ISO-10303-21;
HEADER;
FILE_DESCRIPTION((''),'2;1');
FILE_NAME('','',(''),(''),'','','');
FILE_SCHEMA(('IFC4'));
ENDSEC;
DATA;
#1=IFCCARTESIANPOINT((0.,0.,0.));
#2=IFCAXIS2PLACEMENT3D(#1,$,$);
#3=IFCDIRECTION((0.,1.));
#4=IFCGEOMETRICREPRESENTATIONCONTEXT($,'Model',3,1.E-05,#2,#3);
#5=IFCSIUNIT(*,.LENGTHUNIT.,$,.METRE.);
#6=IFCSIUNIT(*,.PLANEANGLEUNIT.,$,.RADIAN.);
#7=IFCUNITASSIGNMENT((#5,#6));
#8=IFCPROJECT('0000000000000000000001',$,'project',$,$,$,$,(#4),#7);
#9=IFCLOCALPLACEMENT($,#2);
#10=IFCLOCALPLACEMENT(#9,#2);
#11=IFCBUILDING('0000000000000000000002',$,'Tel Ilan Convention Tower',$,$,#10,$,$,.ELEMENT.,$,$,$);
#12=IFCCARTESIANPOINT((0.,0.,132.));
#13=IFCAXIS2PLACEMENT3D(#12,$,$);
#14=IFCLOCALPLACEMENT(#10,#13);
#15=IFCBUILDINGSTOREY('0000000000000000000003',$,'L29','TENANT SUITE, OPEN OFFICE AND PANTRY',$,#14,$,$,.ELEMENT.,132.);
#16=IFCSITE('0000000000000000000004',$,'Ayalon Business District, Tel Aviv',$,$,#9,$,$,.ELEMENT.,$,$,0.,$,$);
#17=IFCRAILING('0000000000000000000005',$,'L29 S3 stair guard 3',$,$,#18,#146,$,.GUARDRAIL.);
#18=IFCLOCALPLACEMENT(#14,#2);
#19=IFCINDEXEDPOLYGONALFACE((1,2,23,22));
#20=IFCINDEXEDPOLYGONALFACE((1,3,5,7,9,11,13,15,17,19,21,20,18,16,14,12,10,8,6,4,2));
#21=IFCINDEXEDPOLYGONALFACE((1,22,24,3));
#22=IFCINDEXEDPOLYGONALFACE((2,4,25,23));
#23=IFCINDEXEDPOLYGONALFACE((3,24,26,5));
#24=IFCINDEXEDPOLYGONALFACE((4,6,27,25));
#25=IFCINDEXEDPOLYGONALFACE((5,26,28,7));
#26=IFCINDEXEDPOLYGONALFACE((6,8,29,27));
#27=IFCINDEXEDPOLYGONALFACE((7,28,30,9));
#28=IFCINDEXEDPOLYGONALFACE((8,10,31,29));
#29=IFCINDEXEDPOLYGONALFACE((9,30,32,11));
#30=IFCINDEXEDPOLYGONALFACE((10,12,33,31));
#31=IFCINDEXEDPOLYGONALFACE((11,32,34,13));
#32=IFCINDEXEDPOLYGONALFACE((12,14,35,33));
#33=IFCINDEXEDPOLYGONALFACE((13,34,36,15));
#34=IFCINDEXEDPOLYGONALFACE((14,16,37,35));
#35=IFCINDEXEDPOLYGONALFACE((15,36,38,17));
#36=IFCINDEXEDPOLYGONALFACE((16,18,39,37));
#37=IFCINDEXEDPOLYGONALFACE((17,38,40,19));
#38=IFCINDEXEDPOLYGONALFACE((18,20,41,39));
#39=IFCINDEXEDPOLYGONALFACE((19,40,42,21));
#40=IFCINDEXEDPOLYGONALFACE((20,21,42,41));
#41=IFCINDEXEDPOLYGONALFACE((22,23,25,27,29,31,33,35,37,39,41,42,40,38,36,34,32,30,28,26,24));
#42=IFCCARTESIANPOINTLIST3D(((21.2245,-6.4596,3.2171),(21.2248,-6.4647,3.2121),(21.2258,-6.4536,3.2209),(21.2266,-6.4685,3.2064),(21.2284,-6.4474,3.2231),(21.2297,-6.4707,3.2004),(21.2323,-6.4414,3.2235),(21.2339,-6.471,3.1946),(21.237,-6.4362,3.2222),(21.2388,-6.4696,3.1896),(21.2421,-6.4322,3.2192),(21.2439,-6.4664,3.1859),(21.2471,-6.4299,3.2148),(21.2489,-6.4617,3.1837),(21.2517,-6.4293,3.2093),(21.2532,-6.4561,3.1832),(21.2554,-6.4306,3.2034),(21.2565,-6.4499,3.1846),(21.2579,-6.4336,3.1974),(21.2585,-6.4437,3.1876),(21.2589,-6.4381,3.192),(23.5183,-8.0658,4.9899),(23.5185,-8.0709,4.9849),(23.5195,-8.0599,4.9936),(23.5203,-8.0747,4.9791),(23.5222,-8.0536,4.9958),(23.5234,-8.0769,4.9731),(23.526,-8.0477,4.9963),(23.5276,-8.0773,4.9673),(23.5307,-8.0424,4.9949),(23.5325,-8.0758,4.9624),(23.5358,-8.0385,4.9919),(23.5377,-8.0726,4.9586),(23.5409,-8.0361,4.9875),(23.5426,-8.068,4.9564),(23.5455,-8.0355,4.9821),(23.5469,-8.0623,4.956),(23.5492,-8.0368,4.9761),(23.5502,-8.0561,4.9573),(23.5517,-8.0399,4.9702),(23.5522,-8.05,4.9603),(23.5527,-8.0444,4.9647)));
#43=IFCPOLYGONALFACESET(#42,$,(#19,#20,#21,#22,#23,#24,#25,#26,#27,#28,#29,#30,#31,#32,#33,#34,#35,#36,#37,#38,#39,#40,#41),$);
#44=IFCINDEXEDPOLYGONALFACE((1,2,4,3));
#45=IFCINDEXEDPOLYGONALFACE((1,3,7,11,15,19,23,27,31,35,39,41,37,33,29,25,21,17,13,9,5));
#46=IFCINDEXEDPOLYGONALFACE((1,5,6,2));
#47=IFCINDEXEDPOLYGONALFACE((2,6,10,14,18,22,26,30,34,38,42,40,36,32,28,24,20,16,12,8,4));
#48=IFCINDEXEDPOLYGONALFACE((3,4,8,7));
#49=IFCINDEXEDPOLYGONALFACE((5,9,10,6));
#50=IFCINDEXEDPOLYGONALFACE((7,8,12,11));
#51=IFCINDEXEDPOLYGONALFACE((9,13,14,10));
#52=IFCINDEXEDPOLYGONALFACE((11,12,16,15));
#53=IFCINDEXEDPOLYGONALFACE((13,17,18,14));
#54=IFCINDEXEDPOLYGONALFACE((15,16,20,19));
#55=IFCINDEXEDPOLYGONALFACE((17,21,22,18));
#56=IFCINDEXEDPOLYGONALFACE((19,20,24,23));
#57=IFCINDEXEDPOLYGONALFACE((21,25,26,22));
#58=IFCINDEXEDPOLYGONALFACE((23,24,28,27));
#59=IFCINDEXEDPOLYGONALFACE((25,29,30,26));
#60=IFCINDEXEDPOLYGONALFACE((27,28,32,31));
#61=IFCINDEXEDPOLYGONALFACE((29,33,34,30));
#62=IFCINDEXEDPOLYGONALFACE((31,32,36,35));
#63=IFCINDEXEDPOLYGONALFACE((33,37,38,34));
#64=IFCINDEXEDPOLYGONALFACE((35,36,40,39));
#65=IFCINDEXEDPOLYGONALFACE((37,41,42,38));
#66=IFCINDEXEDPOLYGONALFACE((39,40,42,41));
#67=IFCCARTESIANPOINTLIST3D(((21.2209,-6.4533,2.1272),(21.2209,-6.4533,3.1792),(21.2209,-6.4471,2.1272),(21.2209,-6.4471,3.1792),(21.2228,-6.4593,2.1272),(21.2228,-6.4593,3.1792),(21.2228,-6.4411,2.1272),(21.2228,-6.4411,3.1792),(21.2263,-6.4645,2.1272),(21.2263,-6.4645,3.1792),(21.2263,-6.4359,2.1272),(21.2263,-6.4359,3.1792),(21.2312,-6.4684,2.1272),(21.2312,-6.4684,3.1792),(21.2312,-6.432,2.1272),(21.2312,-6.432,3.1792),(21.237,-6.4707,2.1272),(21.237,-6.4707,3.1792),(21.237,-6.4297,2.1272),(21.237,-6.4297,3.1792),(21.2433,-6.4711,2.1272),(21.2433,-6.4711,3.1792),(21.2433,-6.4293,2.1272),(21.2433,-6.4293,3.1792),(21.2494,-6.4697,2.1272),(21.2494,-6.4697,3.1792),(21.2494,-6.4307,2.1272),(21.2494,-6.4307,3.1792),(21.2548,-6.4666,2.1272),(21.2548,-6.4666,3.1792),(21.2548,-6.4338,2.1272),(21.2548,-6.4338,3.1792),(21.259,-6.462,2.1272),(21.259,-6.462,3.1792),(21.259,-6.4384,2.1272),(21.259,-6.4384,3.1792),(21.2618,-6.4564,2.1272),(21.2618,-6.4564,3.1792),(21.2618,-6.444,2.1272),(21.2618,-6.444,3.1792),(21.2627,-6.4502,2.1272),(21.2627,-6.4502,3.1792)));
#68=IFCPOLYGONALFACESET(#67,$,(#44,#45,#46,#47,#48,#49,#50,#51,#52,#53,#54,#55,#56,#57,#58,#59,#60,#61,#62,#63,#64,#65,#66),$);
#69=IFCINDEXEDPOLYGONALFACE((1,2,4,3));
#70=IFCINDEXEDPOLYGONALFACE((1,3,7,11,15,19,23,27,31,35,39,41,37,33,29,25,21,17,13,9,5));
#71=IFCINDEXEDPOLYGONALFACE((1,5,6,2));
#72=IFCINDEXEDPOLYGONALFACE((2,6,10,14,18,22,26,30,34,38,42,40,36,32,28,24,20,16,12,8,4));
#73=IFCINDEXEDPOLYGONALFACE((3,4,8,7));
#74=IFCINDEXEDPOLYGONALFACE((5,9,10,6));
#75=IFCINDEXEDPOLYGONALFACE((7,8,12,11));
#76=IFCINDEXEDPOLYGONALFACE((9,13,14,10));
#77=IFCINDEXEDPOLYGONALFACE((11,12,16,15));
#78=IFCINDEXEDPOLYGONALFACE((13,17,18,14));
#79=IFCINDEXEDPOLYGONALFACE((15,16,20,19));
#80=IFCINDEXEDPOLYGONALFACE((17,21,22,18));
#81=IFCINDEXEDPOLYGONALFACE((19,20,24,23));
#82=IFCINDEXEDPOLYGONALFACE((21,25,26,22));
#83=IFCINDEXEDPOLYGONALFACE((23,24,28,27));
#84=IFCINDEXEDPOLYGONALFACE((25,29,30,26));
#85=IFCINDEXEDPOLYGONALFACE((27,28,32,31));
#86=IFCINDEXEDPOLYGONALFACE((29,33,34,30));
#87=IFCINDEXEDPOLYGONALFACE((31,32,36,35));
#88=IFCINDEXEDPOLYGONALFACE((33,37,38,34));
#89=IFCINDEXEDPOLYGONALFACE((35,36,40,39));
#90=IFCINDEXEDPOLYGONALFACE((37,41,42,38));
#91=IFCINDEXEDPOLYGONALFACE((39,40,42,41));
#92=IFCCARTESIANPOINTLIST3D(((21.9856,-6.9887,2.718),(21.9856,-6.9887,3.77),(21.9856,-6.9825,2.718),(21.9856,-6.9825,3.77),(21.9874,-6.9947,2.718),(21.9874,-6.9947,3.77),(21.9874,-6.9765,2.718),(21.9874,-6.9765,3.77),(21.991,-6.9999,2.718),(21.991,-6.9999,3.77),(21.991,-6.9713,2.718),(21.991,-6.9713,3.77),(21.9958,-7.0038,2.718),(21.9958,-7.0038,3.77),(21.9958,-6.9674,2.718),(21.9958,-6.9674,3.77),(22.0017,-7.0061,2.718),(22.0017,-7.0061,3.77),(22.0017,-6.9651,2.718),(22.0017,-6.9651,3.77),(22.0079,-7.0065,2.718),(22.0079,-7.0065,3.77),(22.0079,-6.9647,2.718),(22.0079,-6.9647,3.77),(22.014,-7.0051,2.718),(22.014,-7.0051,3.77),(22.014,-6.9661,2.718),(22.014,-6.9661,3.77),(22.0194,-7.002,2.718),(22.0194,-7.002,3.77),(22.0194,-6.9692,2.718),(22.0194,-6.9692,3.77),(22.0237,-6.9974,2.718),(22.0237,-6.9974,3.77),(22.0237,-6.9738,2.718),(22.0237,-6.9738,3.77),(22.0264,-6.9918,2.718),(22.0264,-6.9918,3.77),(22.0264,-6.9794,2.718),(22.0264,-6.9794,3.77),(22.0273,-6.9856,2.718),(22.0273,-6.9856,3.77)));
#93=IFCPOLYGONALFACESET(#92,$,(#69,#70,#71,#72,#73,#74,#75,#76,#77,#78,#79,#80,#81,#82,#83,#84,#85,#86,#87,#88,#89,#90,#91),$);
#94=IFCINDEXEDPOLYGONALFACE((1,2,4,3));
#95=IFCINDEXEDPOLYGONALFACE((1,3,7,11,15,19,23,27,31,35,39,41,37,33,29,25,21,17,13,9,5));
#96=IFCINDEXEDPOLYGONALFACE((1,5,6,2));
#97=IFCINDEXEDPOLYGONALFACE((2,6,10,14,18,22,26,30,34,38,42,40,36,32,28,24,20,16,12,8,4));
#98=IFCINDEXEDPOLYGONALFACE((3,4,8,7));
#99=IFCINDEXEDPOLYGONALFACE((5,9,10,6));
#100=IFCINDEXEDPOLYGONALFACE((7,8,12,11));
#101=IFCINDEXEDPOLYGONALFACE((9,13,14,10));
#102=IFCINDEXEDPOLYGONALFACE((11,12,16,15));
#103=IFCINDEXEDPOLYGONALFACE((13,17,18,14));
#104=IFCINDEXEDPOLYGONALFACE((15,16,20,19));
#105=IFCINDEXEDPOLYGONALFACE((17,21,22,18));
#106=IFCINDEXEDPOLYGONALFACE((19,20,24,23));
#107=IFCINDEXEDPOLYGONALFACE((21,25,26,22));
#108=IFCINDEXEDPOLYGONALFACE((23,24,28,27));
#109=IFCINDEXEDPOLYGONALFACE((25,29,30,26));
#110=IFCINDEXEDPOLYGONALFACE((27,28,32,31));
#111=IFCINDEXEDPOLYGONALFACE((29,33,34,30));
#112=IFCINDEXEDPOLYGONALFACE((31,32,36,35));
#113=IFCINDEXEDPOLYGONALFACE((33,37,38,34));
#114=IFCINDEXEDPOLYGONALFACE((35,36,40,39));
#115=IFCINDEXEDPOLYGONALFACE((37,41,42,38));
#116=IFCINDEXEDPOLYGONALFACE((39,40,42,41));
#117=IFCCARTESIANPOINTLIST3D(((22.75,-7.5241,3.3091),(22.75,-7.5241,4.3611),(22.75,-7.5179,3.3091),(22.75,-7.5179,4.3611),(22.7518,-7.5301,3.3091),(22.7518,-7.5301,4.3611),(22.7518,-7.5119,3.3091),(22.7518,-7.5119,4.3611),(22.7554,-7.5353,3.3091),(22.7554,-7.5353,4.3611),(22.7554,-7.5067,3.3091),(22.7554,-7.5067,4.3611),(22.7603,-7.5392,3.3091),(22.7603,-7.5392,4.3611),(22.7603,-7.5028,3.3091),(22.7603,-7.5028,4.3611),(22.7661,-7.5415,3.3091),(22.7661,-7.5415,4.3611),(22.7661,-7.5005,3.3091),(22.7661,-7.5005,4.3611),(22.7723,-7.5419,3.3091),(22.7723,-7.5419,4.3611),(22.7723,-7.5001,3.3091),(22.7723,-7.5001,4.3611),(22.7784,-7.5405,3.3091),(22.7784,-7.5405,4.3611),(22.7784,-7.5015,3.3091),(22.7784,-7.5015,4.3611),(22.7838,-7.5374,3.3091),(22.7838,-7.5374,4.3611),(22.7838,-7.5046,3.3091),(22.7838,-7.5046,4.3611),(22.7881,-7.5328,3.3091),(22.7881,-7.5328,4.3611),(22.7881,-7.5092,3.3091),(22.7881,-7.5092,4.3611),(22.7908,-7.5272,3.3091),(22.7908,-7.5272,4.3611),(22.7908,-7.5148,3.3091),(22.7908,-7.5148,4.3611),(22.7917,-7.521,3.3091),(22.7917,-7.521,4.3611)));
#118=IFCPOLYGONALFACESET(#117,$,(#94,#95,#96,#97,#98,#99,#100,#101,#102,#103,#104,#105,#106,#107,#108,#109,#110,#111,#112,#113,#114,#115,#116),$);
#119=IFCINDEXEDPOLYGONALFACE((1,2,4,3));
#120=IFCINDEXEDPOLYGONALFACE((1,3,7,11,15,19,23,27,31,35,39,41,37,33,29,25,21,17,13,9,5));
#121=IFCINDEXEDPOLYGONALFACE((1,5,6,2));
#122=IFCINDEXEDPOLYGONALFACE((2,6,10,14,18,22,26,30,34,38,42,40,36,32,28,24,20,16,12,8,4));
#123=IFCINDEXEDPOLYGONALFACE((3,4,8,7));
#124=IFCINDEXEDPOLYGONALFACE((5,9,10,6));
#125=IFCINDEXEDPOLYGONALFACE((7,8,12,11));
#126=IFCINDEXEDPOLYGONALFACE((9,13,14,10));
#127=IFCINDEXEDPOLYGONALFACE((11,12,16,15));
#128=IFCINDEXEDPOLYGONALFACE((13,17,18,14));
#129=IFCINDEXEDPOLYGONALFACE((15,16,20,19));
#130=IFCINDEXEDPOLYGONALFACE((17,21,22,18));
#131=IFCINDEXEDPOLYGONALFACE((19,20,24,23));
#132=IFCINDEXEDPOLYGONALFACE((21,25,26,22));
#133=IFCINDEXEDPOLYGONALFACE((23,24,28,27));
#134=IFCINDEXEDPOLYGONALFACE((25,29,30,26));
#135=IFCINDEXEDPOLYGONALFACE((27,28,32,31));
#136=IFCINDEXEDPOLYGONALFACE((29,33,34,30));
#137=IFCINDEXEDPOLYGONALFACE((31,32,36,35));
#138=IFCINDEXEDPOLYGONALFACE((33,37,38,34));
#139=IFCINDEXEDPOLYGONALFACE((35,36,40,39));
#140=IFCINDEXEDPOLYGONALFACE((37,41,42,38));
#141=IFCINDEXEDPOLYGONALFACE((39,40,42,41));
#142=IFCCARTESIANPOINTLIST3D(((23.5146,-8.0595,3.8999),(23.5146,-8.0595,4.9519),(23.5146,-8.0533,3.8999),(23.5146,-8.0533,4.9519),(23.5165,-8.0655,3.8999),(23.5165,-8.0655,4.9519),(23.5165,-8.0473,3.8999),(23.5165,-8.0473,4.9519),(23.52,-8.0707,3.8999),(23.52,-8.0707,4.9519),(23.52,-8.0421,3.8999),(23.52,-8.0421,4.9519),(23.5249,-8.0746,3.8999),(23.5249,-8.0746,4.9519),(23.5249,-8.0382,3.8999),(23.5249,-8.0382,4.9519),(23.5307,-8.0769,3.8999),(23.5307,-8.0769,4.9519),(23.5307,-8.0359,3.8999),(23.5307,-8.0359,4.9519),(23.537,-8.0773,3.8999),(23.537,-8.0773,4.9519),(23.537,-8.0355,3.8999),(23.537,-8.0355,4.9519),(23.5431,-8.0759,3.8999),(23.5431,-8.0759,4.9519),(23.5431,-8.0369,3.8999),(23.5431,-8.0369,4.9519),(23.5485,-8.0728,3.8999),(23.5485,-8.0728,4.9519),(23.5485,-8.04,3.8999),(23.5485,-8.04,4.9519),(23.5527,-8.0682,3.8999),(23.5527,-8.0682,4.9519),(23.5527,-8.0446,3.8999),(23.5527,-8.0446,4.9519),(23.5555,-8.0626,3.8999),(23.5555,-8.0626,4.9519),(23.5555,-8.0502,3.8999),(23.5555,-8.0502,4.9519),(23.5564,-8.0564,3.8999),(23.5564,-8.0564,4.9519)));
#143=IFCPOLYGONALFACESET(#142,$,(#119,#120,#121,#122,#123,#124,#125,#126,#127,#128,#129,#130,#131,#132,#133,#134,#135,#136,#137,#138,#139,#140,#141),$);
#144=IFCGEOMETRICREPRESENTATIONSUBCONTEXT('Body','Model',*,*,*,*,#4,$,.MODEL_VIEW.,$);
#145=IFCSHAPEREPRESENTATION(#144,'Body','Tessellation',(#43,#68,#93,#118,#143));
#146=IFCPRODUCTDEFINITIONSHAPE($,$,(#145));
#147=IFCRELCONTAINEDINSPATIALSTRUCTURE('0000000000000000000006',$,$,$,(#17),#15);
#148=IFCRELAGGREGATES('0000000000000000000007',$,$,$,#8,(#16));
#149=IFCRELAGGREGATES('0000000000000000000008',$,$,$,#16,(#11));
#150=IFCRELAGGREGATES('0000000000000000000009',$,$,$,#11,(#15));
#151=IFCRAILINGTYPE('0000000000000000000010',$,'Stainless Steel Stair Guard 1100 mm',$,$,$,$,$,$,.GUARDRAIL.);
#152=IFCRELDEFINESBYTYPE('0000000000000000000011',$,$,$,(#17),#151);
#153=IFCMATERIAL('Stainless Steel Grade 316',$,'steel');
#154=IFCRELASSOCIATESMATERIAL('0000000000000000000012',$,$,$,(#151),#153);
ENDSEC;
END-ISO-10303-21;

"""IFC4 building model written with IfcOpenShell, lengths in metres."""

from ifc_helpers import new_model, si_unit, direction, frame, origin, origin_2d, place, context, subcontext, project, spatial, circle, extrude, material, type_object, element, save


model = new_model("IFC4")

# Units and contexts
model_context = context("Model", 3, precision=1e-05, world=origin(), true_north=direction((0.0, 1.0)))
body_context = subcontext(model_context, "Body", "Model", "MODEL_VIEW")
ifc_project = project(units=[si_unit("LENGTHUNIT", "METRE"), si_unit("PLANEANGLEUNIT", "RADIAN")], contexts=[model_context])

# Site, building, storey
site_placement = place(None, origin())
site = spatial("IfcSite", under=ifc_project, at=site_placement, Name="Ayalon Business District, Tel Aviv", CompositionType="ELEMENT", RefElevation=0.0)
building_placement = place(site_placement, origin())
building = spatial("IfcBuilding", under=site, at=building_placement, Name="Tel Ilan Convention Tower", CompositionType="ELEMENT")
storey_placement = place(building_placement, frame((0.0, 0.0, 132.0)))
storey = spatial("IfcBuildingStorey", under=building, at=storey_placement, Name="L29", Description="TENANT SUITE, OPEN OFFICE AND PANTRY", CompositionType="ELEMENT", Elevation=132.0)

# Railing
ifc_material_1 = material(Name="Stainless Steel Grade 316", Category="steel")
railing_type_1 = type_object("IfcRailingType", Name="Stainless Steel Stair Guard 1100 mm", PredefinedType="GUARDRAIL", material=ifc_material_1)
railing_1_placement = place(storey_placement, frame((21.2417, -6.4502, 2.1272)))
element("IfcRailing", 1, at=railing_1_placement, inside=storey, type_object=railing_type_1, Name="L29 S3 stair guard 3", PredefinedType="GUARDRAIL", context=body_context, shape_type="SweptSolid", body=[
    extrude(circle(Radius=0.0239, at=origin_2d()), frame((0.0, 0.0, 1.0762), z_axis=(0.692098, -0.484653, 0.534894), x_axis=(0.573609, 0.81913, 0.0)), (0.0, 0.0, 1.0), 3.3142),
    extrude(circle(Radius=0.021, at=origin_2d()), origin(), (0.0, 0.0, 1.0), 1.052),
    extrude(circle(Radius=0.021, at=origin_2d()), frame((0.7646, -0.5354, 0.5908)), (0.0, 0.0, 1.0), 1.052),
    extrude(circle(Radius=0.021, at=origin_2d()), frame((1.5291, -1.0708, 1.1819)), (0.0, 0.0, 1.0), 1.052),
    extrude(circle(Radius=0.021, at=origin_2d()), frame((2.2937, -1.6062, 1.7727)), (0.0, 0.0, 1.0), 1.052),
])

save(model, "model.ifc")
